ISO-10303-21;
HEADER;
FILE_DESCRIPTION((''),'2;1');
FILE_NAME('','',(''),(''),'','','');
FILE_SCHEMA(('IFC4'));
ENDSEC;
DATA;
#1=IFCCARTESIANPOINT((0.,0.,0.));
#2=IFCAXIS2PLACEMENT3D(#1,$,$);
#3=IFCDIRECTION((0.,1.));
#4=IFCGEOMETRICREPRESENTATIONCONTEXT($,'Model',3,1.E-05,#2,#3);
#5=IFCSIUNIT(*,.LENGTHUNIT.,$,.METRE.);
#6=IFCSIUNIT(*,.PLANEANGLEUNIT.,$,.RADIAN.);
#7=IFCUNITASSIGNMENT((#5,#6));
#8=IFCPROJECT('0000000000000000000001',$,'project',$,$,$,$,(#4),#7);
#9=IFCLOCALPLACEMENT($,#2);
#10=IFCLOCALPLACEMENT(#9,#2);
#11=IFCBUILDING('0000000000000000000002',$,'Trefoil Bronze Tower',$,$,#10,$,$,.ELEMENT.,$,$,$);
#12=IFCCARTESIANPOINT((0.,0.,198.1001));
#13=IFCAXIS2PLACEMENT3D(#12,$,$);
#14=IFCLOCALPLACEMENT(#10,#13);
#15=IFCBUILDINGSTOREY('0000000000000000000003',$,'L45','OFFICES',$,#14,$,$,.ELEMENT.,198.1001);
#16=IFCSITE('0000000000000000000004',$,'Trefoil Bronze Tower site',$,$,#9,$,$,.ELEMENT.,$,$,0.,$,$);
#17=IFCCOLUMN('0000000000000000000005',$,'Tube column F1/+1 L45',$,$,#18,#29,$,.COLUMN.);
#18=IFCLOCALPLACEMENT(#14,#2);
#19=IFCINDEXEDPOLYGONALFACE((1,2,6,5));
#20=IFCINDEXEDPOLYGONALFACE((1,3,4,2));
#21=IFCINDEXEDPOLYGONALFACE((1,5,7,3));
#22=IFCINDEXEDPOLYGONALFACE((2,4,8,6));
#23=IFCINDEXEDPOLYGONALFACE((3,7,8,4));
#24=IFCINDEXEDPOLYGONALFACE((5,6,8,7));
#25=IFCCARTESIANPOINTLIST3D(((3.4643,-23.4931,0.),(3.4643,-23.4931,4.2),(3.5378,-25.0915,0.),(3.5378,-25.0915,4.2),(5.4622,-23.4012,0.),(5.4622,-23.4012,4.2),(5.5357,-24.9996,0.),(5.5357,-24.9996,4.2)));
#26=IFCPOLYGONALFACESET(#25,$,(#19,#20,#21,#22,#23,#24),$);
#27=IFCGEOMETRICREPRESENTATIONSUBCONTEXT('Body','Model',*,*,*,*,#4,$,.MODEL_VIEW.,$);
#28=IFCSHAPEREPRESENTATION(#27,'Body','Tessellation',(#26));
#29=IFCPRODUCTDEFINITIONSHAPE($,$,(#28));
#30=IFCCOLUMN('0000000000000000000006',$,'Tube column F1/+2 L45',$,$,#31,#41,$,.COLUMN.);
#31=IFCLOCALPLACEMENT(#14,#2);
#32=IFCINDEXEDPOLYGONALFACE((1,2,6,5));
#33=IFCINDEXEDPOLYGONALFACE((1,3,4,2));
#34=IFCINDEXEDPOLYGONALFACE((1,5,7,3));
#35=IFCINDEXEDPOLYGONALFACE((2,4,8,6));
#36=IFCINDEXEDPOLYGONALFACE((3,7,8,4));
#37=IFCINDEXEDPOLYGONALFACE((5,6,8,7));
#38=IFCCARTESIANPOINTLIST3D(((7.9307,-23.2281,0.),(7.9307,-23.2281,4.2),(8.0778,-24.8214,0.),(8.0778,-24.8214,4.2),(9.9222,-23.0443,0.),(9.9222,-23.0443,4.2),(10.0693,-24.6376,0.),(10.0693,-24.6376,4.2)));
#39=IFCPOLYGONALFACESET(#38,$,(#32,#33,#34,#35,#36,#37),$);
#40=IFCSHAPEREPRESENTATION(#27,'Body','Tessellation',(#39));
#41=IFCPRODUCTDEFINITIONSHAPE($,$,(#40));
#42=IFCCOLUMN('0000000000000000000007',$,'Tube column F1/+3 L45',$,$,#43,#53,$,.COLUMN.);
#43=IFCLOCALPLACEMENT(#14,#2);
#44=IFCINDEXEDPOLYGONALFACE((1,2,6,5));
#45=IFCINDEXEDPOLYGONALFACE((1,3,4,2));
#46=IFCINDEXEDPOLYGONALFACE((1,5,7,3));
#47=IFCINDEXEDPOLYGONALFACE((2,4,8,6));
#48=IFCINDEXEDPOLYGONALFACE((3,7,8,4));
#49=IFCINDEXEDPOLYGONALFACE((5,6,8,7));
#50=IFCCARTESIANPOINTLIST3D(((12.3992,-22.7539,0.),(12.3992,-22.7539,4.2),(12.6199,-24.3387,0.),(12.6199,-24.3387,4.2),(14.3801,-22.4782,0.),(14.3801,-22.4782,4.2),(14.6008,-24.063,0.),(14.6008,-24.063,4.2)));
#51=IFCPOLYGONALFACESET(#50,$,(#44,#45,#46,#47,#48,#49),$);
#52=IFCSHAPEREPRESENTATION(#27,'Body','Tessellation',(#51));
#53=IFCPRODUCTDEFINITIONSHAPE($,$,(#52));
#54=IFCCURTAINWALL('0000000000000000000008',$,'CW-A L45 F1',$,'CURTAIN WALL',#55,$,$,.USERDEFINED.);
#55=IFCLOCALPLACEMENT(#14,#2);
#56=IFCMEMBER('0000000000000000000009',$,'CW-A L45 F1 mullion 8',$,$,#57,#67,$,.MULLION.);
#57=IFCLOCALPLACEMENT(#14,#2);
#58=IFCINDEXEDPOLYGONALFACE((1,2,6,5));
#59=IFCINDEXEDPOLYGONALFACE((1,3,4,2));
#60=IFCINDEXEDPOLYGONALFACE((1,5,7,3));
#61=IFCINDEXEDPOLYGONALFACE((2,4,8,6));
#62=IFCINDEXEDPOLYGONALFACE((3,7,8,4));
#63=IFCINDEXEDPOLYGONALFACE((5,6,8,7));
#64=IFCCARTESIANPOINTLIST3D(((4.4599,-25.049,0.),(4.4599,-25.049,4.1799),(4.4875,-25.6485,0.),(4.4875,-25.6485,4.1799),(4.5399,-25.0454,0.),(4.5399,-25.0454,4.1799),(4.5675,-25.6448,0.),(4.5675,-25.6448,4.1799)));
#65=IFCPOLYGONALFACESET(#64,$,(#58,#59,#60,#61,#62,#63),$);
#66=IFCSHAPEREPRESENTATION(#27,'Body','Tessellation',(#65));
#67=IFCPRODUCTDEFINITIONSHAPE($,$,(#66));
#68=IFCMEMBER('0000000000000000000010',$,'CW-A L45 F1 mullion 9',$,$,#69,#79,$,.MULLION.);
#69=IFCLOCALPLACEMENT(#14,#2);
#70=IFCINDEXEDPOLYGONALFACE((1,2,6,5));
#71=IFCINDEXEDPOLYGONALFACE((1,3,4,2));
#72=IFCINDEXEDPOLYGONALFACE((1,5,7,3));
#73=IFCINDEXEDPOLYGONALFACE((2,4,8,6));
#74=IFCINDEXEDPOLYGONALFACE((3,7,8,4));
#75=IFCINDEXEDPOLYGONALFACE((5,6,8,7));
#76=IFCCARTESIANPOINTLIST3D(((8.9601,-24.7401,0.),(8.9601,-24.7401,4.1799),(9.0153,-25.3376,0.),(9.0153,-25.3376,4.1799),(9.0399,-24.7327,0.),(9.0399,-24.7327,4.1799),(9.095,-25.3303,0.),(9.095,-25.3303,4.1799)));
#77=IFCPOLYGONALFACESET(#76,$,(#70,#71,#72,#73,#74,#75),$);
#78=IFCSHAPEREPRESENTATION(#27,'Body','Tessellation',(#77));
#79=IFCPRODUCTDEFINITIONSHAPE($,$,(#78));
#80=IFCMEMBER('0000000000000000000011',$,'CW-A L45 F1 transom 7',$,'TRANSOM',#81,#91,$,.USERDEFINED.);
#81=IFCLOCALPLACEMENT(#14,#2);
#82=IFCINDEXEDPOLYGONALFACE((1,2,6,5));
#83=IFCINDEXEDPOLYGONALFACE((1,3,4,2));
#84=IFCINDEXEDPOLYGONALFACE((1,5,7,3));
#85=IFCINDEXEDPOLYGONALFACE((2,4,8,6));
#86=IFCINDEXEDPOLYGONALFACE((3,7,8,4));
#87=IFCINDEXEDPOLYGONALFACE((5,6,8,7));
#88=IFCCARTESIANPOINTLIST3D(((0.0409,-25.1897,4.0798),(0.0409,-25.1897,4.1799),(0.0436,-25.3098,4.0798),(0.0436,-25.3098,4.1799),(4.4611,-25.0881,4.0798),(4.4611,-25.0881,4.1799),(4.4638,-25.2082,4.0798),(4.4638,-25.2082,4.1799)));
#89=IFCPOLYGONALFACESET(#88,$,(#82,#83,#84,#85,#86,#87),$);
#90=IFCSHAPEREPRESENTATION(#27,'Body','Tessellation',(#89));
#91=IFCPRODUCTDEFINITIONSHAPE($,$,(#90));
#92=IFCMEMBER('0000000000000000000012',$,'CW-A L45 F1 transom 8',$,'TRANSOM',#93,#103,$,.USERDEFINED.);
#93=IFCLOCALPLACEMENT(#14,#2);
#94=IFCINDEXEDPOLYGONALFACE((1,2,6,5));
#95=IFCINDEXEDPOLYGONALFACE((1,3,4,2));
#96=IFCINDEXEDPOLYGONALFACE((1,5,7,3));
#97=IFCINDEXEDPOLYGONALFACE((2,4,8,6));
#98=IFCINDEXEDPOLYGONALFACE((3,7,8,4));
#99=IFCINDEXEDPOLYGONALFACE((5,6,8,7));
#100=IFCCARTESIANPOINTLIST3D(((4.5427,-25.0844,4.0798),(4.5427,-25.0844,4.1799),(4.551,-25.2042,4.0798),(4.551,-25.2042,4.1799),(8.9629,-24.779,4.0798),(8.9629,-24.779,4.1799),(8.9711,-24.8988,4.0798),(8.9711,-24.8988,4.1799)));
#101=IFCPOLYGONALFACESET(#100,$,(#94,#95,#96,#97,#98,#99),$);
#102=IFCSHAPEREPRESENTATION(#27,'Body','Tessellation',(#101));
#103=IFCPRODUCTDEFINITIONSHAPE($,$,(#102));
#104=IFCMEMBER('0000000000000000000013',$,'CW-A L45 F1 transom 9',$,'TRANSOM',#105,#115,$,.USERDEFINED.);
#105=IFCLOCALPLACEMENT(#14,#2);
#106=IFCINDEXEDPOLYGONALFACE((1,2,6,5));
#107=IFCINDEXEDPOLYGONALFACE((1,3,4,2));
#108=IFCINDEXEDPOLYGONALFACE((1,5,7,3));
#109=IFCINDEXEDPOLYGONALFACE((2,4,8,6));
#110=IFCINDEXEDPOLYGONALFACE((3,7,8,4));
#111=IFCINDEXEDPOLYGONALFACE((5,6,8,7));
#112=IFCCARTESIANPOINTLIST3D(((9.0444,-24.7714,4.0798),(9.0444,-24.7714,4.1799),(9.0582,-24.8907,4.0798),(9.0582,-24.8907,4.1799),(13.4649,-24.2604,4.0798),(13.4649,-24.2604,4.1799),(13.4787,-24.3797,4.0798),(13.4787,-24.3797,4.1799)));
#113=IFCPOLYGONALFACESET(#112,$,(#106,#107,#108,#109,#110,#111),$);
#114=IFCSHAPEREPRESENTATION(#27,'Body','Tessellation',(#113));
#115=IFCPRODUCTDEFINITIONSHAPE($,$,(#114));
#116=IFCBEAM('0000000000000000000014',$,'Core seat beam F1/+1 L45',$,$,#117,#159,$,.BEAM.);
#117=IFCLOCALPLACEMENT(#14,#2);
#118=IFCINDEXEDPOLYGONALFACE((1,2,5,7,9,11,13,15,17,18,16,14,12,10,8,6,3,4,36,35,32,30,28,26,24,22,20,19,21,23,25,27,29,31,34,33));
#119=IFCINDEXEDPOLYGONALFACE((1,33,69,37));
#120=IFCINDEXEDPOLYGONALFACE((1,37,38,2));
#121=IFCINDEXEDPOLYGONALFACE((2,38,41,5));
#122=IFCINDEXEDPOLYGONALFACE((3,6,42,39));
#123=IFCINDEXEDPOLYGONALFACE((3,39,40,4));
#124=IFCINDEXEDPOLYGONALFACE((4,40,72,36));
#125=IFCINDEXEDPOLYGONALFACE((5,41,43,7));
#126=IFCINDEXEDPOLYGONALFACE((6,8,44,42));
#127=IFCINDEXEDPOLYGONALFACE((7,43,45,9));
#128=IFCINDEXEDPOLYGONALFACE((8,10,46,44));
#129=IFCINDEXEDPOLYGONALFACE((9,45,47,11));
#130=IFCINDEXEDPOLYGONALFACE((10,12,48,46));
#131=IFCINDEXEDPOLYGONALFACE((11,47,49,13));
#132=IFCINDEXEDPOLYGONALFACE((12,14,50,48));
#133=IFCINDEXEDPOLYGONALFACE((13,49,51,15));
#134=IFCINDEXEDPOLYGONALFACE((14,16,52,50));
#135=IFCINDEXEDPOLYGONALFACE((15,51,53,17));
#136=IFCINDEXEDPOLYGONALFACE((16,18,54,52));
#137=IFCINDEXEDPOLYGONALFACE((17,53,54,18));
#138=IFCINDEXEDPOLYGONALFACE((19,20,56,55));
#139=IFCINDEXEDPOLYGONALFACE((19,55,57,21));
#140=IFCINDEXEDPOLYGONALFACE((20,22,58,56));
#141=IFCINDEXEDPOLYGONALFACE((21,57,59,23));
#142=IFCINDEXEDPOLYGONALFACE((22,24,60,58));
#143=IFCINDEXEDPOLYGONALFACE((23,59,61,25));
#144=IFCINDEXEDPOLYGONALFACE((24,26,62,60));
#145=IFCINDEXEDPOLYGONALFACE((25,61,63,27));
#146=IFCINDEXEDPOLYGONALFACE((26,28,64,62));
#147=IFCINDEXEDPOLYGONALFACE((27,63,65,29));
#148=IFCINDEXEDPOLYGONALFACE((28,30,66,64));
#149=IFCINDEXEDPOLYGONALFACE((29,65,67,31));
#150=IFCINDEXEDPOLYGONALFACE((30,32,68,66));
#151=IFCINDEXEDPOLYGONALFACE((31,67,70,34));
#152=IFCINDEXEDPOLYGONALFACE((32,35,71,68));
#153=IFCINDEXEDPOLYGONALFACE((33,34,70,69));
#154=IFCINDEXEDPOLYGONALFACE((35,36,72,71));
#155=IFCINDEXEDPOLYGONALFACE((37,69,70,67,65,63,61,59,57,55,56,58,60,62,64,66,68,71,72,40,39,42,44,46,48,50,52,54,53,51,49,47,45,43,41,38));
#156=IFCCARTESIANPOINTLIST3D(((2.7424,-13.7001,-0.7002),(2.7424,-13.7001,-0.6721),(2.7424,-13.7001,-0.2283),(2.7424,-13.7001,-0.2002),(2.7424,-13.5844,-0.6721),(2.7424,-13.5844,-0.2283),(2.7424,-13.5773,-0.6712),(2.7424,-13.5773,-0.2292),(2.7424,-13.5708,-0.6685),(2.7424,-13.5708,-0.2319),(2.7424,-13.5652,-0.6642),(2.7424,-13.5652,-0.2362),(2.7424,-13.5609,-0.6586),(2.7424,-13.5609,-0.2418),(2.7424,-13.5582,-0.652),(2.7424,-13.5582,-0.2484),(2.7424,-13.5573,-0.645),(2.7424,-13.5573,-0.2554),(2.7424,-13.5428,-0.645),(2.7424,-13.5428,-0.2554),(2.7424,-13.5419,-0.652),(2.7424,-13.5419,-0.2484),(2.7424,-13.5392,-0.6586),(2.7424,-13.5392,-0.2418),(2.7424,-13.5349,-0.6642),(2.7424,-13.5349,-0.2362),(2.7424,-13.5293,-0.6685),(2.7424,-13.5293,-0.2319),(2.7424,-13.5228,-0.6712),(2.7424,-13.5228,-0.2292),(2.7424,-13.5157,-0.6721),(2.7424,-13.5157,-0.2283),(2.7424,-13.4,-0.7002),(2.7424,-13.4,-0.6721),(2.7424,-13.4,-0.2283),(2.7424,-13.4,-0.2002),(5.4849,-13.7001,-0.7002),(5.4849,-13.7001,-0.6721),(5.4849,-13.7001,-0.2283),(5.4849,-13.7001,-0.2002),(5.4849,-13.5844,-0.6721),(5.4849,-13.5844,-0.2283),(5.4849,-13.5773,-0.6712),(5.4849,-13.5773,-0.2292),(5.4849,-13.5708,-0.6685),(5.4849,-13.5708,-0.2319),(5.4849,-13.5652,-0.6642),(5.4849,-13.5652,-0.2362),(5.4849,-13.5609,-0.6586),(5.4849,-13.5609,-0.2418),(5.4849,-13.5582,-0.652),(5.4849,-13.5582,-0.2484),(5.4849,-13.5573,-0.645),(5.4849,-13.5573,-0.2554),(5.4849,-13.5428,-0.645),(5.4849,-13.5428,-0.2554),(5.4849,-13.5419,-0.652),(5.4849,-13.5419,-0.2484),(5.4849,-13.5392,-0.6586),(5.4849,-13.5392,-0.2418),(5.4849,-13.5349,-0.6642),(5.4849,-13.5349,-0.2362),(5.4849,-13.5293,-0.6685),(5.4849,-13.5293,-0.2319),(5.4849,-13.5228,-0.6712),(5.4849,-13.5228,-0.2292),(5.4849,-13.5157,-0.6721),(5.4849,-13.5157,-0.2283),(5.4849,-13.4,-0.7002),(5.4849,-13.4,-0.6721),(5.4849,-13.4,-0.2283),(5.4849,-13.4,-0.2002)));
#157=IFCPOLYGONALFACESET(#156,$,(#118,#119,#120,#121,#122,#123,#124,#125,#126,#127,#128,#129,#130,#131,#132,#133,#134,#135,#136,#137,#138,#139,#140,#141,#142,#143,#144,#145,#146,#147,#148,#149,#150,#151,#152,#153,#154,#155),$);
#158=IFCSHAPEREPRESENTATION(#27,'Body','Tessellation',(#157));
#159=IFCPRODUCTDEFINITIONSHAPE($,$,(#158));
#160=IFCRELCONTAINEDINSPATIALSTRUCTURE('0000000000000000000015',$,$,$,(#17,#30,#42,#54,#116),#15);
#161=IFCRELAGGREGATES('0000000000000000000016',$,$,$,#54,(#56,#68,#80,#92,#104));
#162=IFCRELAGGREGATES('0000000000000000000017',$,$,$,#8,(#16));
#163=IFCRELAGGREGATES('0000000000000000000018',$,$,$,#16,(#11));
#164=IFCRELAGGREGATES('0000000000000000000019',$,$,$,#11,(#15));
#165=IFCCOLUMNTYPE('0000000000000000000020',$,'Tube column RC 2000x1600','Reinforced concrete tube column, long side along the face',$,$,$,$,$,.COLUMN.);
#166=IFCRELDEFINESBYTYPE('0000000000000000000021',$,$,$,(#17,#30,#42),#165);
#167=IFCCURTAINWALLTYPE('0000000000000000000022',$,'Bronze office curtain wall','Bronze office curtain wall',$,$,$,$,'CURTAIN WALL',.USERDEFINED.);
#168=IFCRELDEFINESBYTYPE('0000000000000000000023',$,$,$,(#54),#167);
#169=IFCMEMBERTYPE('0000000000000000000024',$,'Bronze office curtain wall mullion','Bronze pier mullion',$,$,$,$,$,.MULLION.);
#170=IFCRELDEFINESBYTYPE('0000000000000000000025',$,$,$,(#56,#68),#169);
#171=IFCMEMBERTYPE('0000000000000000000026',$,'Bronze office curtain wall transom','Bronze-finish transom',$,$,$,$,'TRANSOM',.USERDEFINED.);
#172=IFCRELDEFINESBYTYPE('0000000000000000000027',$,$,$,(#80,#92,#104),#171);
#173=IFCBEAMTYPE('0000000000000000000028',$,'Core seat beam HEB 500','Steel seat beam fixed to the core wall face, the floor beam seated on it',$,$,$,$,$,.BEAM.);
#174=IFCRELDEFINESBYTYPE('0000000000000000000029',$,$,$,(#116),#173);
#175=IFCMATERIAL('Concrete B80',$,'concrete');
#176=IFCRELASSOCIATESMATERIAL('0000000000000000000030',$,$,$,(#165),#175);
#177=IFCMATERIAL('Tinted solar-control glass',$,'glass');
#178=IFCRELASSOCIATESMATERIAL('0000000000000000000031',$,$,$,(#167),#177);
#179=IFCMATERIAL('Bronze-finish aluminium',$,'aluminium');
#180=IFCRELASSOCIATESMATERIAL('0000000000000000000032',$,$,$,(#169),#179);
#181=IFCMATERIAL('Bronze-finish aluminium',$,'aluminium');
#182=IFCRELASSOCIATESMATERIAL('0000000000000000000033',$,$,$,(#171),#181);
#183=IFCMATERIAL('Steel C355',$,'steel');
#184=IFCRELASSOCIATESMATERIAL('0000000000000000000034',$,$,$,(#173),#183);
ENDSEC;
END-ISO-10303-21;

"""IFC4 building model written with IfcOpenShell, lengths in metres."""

from ifc_helpers import new_model, si_unit, direction, frame, origin, origin_2d, place, context, subcontext, project, spatial, rectangle, i_section, extrude, material, material_profile, profile_set, type_object, element, aggregate, save


model = new_model("IFC4")

# Units and contexts
model_context = context("Model", 3, precision=1e-05, world=origin(), true_north=direction((0.0, 1.0)))
body_context = subcontext(model_context, "Body", "Model", "MODEL_VIEW")
ifc_project = project(units=[si_unit("LENGTHUNIT", "METRE"), si_unit("PLANEANGLEUNIT", "RADIAN")], contexts=[model_context])

# Site, building, storey
site_placement = place(None, origin())
site = spatial("IfcSite", under=ifc_project, at=site_placement, Name="Trefoil Bronze Tower site", CompositionType="ELEMENT", RefElevation=0.0)
building_placement = place(site_placement, origin())
building = spatial("IfcBuilding", under=site, at=building_placement, Name="Trefoil Bronze Tower", CompositionType="ELEMENT")
storey_placement = place(building_placement, frame((0.0, 0.0, 198.1001)))
storey = spatial("IfcBuildingStorey", under=building, at=storey_placement, Name="L45", Description="OFFICES", CompositionType="ELEMENT", Elevation=198.1001)

# Columns
ifc_material_1 = material(Name="Concrete B80", Category="concrete")
ifc_material_profile_1 = material_profile(ifc_material_1, rectangle(XDim=2.0, YDim=1.6001, at=origin_2d()), Name="RC 2000x1600")
ifc_profile_set_1 = profile_set([ifc_material_profile_1], Name="Concrete B80")
column_type = type_object("IfcColumnType", Name="Tube column RC 2000x1600", Description="Reinforced concrete tube column, long side along the face", PredefinedType="COLUMN", material=ifc_profile_set_1)
for number, where, z_axis, x_axis, name in (
    (1, (4.5, -24.2463, 0.0), (0.0, 0.0, 1.0), (0.998943, 0.045956, 0.0), "Tube column F1/+1 L45"),
    (2, (9.0, -23.9329, 0.0), (0.0, 0.0, 1.0), (0.995767, 0.091911, 0.0), "Tube column F1/+2 L45"),
    (3, (13.5, -23.4084, 0.0), (0.0, 0.0, 1.0), (0.990451, 0.137868, 0.0), "Tube column F1/+3 L45"),
):
    element("IfcColumn", number, at=place(storey_placement, frame(where, z_axis=z_axis, x_axis=x_axis)), inside=storey, type_object=column_type, Name=name, PredefinedType="COLUMN", context=body_context, shape_type="SweptSolid", body=[
        extrude(rectangle(XDim=2.0, YDim=1.6001, at=origin_2d()), origin(), (0.0, 0.0, 1.0), 4.2),
    ])

# Curtain wall, members
ifc_material_2 = material(Name="Tinted solar-control glass", Category="glass")
curtain_wall_type = type_object("IfcCurtainWallType", Name="Bronze office curtain wall", Description="Bronze office curtain wall", ElementType="CURTAIN WALL", PredefinedType="USERDEFINED", material=ifc_material_2)
curtain_wall_placement = place(storey_placement, origin())
curtain_wall = element("IfcCurtainWall", 4, at=curtain_wall_placement, inside=storey, type_object=curtain_wall_type, Name="CW-A L45 F1", ObjectType="CURTAIN WALL", PredefinedType="USERDEFINED")
ifc_material_3 = material(Name="Bronze-finish aluminium", Category="aluminium")
ifc_material_profile_2 = material_profile(ifc_material_3, rectangle(XDim=0.6001, YDim=0.0801, at=origin_2d()), Name="CW-A mullion")
ifc_profile_set_2 = profile_set([ifc_material_profile_2], Name="Bronze-finish aluminium")
member_type_1 = type_object("IfcMemberType", Name="Bronze office curtain wall mullion", Description="Bronze pier mullion", PredefinedType="MULLION", material=ifc_profile_set_2)
member_1_placement = place(storey_placement, frame((4.5137, -25.3469, 0.0), z_axis=(0.0, 0.0, 1.0), x_axis=(-0.045956, 0.998943, 0.0)))
member_1 = element("IfcMember", 5, at=member_1_placement, type_object=member_type_1, Name="CW-A L45 F1 mullion 8", PredefinedType="MULLION", context=body_context, shape_type="SweptSolid", body=[
    extrude(rectangle(XDim=0.6001, YDim=0.0801, at=origin_2d()), origin(), (0.0, 0.0, 1.0), 4.1799),
])
member_2_placement = place(storey_placement, frame((9.0276, -25.0352, 0.0), z_axis=(0.0, 0.0, 1.0), x_axis=(-0.091911, 0.995767, 0.0)))
member_2 = element("IfcMember", 6, at=member_2_placement, type_object=member_type_1, Name="CW-A L45 F1 mullion 9", PredefinedType="MULLION", context=body_context, shape_type="SweptSolid", body=[
    extrude(rectangle(XDim=0.6001, YDim=0.0801, at=origin_2d()), origin(), (0.0, 0.0, 1.0), 4.1799),
])
ifc_material_4 = material(Name="Bronze-finish aluminium", Category="aluminium")
ifc_material_profile_3 = material_profile(ifc_material_4, rectangle(XDim=0.1201, YDim=0.1001, at=origin_2d()), Name="CW-A transom")
ifc_profile_set_3 = profile_set([ifc_material_profile_3], Name="Bronze-finish aluminium")
member_type_2 = type_object("IfcMemberType", Name="Bronze office curtain wall transom", Description="Bronze-finish transom", ElementType="TRANSOM", PredefinedType="USERDEFINED", material=ifc_profile_set_3)
member_3_placement = place(storey_placement, frame((0.0422, -25.2498, 4.1299), z_axis=(0.999736, 0.022971, 0.0), x_axis=(-0.022971, 0.999736, 0.0)))
member_3 = element("IfcMember", 7, at=member_3_placement, type_object=member_type_2, Name="CW-A L45 F1 transom 7", ObjectType="TRANSOM", PredefinedType="USERDEFINED", context=body_context, shape_type="SweptSolid", body=[
    extrude(rectangle(XDim=0.1201, YDim=0.1001, at=origin_2d()), origin(), (0.0, 0.0, 1.0), 4.4214),
])
member_4_placement = place(storey_placement, frame((4.5469, -25.1443, 4.1299), z_axis=(0.997621, 0.068933, 0.0), x_axis=(-0.068933, 0.997621, 0.0)))
member_4 = element("IfcMember", 8, at=member_4_placement, type_object=member_type_2, Name="CW-A L45 F1 transom 8", ObjectType="TRANSOM", PredefinedType="USERDEFINED", context=body_context, shape_type="SweptSolid", body=[
    extrude(rectangle(XDim=0.1201, YDim=0.1001, at=origin_2d()), origin(), (0.0, 0.0, 1.0), 4.4307),
])
member_5_placement = place(storey_placement, frame((9.0513, -24.8311, 4.1299), z_axis=(0.993385, 0.114832, 0.0), x_axis=(-0.114832, 0.993385, 0.0)))
member_5 = element("IfcMember", 9, at=member_5_placement, type_object=member_type_2, Name="CW-A L45 F1 transom 9", ObjectType="TRANSOM", PredefinedType="USERDEFINED", context=body_context, shape_type="SweptSolid", body=[
    extrude(rectangle(XDim=0.1201, YDim=0.1001, at=origin_2d()), origin(), (0.0, 0.0, 1.0), 4.45),
])

# Beam
ifc_material_5 = material(Name="Steel C355", Category="steel")
ifc_material_profile_4 = material_profile(ifc_material_5, i_section(OverallWidth=0.3, OverallDepth=0.5, WebThickness=0.0144, FlangeThickness=0.0281, FilletRadius=0.0271, at=origin_2d()), Name="HEB 500")
ifc_profile_set_4 = profile_set([ifc_material_profile_4], Name="Steel C355")
beam_type_1 = type_object("IfcBeamType", Name="Core seat beam HEB 500", Description="Steel seat beam fixed to the core wall face, the floor beam seated on it", PredefinedType="BEAM", material=ifc_profile_set_4)
for number, where, z_axis, x_axis, name in (
    (10, (2.7424, -13.55, -0.4502), (1.0, 0.0, 0.0), (0.0, 1.0, 0.0), "Core seat beam F1/+1 L45"),
):
    element("IfcBeam", number, at=place(storey_placement, frame(where, z_axis=z_axis, x_axis=x_axis)), inside=storey, type_object=beam_type_1, Name=name, PredefinedType="BEAM", context=body_context, shape_type="SweptSolid", body=[
        extrude(i_section(OverallWidth=0.3, OverallDepth=0.5, WebThickness=0.0144, FlangeThickness=0.0281, FilletRadius=0.0271, at=origin_2d()), origin(), (0.0, 0.0, 1.0), 2.7424),
    ])

aggregate(curtain_wall, [member_1, member_2, member_3, member_4, member_5])

save(model, "model.ifc")
